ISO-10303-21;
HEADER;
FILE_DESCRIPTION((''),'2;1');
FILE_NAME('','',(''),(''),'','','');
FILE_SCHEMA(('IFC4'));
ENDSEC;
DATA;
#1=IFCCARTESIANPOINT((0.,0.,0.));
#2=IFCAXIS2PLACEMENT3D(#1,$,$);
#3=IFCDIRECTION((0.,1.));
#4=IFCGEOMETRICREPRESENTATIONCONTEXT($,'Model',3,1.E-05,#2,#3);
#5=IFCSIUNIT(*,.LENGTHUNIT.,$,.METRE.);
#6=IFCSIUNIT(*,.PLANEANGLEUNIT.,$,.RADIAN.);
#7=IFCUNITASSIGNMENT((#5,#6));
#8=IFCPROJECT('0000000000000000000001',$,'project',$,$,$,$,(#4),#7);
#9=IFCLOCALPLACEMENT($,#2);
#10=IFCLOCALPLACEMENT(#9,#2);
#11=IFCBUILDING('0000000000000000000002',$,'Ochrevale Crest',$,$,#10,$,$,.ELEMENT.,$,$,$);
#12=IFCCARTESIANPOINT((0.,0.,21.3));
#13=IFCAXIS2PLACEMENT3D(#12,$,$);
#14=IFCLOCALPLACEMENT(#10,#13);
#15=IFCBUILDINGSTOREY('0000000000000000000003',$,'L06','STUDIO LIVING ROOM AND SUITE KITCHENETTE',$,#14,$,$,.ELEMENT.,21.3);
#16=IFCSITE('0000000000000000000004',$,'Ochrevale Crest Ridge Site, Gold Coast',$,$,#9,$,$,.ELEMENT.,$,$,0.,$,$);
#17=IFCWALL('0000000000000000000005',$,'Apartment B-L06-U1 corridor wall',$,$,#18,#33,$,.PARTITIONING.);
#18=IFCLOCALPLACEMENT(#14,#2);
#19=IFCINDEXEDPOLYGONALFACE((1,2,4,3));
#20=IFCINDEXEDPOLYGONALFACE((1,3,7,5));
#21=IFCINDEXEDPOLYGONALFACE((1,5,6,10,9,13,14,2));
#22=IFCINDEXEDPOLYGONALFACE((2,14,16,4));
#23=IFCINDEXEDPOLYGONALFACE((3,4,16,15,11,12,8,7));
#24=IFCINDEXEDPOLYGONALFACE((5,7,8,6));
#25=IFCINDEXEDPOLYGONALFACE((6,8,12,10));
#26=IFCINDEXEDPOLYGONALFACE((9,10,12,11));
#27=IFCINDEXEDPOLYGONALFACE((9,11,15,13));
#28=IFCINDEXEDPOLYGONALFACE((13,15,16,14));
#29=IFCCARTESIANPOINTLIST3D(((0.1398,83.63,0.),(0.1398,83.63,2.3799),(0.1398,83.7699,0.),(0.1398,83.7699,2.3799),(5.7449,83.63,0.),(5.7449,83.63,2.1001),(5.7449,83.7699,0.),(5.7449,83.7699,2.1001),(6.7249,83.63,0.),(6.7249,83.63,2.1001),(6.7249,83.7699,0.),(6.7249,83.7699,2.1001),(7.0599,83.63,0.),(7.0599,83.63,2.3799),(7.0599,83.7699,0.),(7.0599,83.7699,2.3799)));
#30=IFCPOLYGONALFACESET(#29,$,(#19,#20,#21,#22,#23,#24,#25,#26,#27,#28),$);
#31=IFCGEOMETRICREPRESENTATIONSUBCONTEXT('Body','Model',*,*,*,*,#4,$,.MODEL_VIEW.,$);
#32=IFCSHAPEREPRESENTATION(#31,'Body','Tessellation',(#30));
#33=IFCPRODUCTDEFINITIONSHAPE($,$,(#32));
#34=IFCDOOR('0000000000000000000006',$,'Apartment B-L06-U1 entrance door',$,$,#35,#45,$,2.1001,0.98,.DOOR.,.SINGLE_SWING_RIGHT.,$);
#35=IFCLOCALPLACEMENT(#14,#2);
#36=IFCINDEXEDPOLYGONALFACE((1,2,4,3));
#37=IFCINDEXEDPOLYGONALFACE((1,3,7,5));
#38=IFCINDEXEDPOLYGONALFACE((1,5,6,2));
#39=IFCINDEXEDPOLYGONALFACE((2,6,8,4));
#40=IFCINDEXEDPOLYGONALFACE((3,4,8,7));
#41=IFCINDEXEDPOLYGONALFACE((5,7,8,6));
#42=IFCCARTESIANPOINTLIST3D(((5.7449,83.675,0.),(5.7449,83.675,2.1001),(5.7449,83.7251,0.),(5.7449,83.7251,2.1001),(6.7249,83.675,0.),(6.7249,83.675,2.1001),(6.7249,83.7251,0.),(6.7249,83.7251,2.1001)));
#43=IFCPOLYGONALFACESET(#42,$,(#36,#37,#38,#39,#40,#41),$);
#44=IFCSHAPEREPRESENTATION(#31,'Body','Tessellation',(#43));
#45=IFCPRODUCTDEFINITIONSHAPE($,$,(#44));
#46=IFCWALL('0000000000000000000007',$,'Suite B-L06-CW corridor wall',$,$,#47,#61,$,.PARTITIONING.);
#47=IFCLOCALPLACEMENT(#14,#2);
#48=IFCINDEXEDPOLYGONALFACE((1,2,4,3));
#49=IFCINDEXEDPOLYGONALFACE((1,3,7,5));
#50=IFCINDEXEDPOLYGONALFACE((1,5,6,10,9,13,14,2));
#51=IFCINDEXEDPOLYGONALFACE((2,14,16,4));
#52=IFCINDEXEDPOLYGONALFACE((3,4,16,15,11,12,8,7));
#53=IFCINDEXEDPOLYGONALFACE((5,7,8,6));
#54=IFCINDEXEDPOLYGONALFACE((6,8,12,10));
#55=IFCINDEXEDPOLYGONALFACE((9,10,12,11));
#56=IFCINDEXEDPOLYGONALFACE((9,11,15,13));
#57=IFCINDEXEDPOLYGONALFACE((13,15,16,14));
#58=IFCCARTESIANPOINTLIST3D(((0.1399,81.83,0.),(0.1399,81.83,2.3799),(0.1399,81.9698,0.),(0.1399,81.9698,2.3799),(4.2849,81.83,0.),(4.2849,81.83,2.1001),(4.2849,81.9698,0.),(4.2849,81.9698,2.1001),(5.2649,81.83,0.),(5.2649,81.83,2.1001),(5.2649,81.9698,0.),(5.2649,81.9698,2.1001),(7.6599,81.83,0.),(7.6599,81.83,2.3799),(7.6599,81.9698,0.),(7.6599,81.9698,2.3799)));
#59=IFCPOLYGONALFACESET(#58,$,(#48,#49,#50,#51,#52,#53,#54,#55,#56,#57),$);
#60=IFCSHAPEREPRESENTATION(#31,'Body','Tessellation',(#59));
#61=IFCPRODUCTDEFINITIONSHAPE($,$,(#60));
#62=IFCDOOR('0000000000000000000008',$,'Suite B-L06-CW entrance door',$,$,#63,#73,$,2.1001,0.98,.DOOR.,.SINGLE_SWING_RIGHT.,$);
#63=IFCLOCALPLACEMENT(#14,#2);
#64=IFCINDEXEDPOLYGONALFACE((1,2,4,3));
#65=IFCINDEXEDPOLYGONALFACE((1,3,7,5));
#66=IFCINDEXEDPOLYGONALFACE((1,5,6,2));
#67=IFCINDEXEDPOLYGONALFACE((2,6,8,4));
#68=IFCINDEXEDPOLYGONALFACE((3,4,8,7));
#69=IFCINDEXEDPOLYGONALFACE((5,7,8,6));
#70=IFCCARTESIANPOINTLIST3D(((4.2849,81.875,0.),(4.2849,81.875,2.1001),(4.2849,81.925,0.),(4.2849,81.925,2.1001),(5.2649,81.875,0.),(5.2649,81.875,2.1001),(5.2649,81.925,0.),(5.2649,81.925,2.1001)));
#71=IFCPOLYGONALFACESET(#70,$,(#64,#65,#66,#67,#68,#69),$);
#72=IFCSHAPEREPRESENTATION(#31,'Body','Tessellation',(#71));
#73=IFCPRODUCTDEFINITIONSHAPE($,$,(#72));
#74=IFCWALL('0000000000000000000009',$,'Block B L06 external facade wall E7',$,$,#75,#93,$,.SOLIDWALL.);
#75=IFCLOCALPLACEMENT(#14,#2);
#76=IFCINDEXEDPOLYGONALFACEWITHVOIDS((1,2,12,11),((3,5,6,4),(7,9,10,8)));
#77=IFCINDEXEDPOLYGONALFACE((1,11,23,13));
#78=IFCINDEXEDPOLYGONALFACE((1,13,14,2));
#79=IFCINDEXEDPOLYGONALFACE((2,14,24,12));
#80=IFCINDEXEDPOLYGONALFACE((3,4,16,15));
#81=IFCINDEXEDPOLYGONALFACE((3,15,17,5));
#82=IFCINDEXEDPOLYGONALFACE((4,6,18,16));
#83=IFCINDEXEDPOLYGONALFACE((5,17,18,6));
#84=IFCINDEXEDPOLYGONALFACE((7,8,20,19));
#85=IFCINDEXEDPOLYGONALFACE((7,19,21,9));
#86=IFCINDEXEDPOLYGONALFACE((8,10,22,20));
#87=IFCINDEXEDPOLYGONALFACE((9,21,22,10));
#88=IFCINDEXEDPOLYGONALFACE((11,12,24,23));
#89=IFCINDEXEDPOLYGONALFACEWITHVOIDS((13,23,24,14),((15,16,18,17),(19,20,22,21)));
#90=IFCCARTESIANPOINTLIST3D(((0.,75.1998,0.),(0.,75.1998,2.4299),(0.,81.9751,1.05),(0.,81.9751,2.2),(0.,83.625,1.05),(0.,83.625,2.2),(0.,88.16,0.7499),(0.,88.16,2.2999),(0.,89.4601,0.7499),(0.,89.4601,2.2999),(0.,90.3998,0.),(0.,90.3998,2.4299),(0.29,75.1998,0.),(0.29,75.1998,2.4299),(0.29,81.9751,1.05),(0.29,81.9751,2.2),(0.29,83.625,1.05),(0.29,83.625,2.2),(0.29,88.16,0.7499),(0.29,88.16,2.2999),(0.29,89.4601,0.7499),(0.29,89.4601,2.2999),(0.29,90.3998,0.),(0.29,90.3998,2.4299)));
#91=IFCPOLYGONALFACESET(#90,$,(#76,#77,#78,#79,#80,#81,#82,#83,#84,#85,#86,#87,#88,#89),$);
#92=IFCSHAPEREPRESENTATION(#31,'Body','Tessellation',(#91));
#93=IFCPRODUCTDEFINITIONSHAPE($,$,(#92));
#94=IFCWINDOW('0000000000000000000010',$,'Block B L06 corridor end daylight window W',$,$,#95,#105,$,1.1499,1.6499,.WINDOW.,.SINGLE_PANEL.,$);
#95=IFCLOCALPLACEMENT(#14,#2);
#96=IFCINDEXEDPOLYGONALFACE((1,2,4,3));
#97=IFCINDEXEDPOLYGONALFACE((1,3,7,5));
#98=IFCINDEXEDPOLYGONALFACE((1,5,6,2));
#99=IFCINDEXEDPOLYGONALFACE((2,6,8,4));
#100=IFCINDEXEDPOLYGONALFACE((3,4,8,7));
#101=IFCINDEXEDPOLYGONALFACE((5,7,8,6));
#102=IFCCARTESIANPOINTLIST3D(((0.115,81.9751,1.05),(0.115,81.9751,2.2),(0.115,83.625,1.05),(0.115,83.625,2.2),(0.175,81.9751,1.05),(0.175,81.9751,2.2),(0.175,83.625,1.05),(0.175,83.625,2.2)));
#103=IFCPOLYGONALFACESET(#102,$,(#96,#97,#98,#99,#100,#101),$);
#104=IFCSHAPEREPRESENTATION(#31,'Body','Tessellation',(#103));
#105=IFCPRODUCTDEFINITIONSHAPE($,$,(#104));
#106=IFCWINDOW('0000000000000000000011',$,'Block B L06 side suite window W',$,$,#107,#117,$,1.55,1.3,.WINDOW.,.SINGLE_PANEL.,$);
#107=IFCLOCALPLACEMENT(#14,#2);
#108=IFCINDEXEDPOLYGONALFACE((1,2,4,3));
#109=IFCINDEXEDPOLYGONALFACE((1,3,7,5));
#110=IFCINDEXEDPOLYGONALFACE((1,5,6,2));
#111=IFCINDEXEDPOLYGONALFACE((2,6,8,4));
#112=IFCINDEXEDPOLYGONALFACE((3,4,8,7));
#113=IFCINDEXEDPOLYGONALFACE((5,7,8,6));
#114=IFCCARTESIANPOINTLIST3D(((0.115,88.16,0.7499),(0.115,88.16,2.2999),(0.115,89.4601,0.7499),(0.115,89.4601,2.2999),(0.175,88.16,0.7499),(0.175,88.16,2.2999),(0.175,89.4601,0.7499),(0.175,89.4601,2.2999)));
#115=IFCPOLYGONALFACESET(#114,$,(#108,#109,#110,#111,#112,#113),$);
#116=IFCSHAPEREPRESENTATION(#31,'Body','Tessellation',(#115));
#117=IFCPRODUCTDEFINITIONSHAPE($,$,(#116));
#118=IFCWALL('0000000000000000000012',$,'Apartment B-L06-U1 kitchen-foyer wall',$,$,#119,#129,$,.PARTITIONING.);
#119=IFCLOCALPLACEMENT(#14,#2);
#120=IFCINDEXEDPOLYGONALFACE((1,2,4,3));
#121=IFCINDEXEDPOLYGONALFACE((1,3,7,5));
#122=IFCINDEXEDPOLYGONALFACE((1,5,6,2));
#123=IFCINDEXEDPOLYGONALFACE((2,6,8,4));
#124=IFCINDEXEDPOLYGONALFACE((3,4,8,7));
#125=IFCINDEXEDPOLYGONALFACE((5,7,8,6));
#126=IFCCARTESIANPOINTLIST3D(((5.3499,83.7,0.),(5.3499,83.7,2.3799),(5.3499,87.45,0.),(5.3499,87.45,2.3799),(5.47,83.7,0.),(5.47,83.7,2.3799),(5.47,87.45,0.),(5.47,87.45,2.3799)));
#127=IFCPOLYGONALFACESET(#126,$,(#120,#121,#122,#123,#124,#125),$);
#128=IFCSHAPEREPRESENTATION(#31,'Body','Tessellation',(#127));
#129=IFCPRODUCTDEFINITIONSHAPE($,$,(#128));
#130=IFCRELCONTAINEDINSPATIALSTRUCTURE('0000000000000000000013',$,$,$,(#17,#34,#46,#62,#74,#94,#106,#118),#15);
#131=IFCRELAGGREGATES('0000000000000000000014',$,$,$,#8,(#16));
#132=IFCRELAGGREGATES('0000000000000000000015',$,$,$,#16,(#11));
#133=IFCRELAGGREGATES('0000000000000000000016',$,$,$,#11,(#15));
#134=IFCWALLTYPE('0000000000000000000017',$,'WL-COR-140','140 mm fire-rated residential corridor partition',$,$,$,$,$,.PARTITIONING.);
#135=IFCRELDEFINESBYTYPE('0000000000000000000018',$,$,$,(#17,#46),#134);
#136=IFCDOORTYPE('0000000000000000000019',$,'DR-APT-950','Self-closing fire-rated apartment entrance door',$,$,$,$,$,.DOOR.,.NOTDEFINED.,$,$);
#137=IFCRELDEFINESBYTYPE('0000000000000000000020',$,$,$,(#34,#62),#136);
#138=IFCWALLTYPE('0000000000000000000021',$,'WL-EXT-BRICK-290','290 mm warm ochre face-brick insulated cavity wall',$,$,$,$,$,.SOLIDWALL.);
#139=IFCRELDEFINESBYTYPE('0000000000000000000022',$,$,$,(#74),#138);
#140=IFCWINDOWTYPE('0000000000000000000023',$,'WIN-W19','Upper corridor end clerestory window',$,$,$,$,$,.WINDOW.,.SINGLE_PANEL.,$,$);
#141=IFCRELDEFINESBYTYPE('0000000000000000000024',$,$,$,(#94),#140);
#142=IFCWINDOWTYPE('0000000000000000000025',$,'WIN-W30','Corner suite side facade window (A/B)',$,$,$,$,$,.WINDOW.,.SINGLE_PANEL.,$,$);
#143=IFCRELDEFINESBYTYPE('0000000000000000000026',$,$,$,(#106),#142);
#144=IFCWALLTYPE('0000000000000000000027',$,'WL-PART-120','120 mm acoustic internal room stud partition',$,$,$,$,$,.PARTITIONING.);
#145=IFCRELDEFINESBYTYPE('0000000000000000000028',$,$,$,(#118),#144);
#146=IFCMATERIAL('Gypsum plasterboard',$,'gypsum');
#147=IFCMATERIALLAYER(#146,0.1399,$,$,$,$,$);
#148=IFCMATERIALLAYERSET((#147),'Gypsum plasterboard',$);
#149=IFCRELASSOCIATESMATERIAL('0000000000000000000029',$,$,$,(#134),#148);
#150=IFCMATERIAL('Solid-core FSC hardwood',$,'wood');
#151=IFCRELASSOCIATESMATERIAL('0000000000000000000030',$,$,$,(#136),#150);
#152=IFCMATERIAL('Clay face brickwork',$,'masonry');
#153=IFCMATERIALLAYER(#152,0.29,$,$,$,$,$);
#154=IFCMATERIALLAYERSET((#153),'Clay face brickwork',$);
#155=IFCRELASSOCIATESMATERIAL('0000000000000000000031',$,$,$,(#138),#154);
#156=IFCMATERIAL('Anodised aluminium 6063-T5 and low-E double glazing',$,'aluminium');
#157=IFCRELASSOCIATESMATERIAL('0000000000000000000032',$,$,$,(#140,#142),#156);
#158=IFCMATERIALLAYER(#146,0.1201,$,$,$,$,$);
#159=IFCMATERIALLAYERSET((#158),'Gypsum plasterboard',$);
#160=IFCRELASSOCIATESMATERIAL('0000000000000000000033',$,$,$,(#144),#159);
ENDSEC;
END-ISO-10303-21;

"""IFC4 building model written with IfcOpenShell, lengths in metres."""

from ifc_helpers import new_model, si_unit, direction, frame, frame_2d, origin, place, context, subcontext, project, spatial, rectangle, extrude, material, layer, layer_set, type_object, element, fill, save


model = new_model("IFC4")

# Units and contexts
model_context = context("Model", 3, precision=1e-05, world=origin(), true_north=direction((0.0, 1.0)))
body_context = subcontext(model_context, "Body", "Model", "MODEL_VIEW")
ifc_project = project(units=[si_unit("LENGTHUNIT", "METRE"), si_unit("PLANEANGLEUNIT", "RADIAN")], contexts=[model_context])

# Site, building, storey
site_placement = place(None, origin())
site = spatial("IfcSite", under=ifc_project, at=site_placement, Name="Ochrevale Crest Ridge Site, Gold Coast", CompositionType="ELEMENT", RefElevation=0.0)
building_placement = place(site_placement, origin())
building = spatial("IfcBuilding", under=site, at=building_placement, Name="Ochrevale Crest", CompositionType="ELEMENT")
storey_placement = place(building_placement, frame((0.0, 0.0, 21.3)))
storey = spatial("IfcBuildingStorey", under=building, at=storey_placement, Name="L06", Description="STUDIO LIVING ROOM AND SUITE KITCHENETTE", CompositionType="ELEMENT", Elevation=21.3)

# Walls, openings, doors
ifc_material_1 = material(Name="Gypsum plasterboard", Category="gypsum")
ifc_layer_1 = layer(ifc_material_1, 0.1399)
ifc_layer_set_1 = layer_set([ifc_layer_1], Name="Gypsum plasterboard")
wall_type_1 = type_object("IfcWallType", Name="WL-COR-140", Description="140 mm fire-rated residential corridor partition", PredefinedType="PARTITIONING", material=ifc_layer_set_1)
wall_1_placement = place(storey_placement, frame((0.1399, 83.7, 0.0), z_axis=(0.0, 0.0, 1.0), x_axis=(1.0, 0.0, 0.0)))
wall_1 = element("IfcWall", 1, at=wall_1_placement, inside=storey, type_object=wall_type_1, Name="Apartment B-L06-U1 corridor wall", PredefinedType="PARTITIONING", context=body_context, shape_type="SweptSolid", body=[
    extrude(rectangle(XDim=6.9202, YDim=0.1399, at=frame_2d((3.46, 0.0))), origin(), (0.0, 0.0, 1.0), 2.3799),
])
opening_1_placement = place(wall_1_placement, frame((6.585, 0.0, 0.0), z_axis=(0.0, 0.0, 1.0), x_axis=(-1.0, 0.0, 0.0)))
opening_1 = element("IfcOpeningElement", 2, at=opening_1_placement, cuts=wall_1, PredefinedType="OPENING", context=body_context, shape_type="SweptSolid", body=[
    extrude(rectangle(XDim=0.98, YDim=2.1001, at=frame_2d((0.49, 1.05))), frame((0.0, 0.0801, 0.0), z_axis=(0.0, -1.0, 0.0), x_axis=(1.0, 0.0, 0.0)), (0.0, 0.0, 1.0), 0.1599),
])
ifc_material_2 = material(Name="Solid-core FSC hardwood", Category="wood")
door_type_1 = type_object("IfcDoorType", Name="DR-APT-950", Description="Self-closing fire-rated apartment entrance door", OperationType="NOTDEFINED", PredefinedType="DOOR", material=ifc_material_2)
door_1_placement = place(opening_1_placement, origin())
door_1 = element("IfcDoor", 3, at=door_1_placement, inside=storey, type_object=door_type_1, Name="Apartment B-L06-U1 entrance door", OperationType="SINGLE_SWING_RIGHT", OverallHeight=2.1001, OverallWidth=0.98, PredefinedType="DOOR", context=body_context, shape_type="SweptSolid", body=[
    extrude(rectangle(XDim=0.98, YDim=2.1001, at=frame_2d((0.49, 1.05))), frame((0.0, 0.0249, 0.0), z_axis=(0.0, -1.0, 0.0), x_axis=(1.0, 0.0, 0.0)), (0.0, 0.0, 1.0), 0.05),
])
fill(opening_1, door_1)
wall_2_placement = place(storey_placement, frame((0.1399, 81.8999, 0.0), z_axis=(0.0, 0.0, 1.0), x_axis=(1.0, 0.0, 0.0)))
wall_2 = element("IfcWall", 4, at=wall_2_placement, inside=storey, type_object=wall_type_1, Name="Suite B-L06-CW corridor wall", PredefinedType="PARTITIONING", context=body_context, shape_type="SweptSolid", body=[
    extrude(rectangle(XDim=7.52, YDim=0.1399, at=frame_2d((3.76, 0.0))), origin(), (0.0, 0.0, 1.0), 2.3799),
])
opening_2_placement = place(wall_2_placement, frame((5.125, 0.0, 0.0), z_axis=(0.0, 0.0, 1.0), x_axis=(-1.0, 0.0, 0.0)))
opening_2 = element("IfcOpeningElement", 5, at=opening_2_placement, cuts=wall_2, PredefinedType="OPENING", context=body_context, shape_type="SweptSolid", body=[
    extrude(rectangle(XDim=0.98, YDim=2.1001, at=frame_2d((0.49, 1.05))), frame((0.0, 0.0801, 0.0), z_axis=(0.0, -1.0, 0.0), x_axis=(1.0, 0.0, 0.0)), (0.0, 0.0, 1.0), 0.1599),
])
door_2_placement = place(opening_2_placement, origin())
door_2 = element("IfcDoor", 6, at=door_2_placement, inside=storey, type_object=door_type_1, Name="Suite B-L06-CW entrance door", OperationType="SINGLE_SWING_RIGHT", OverallHeight=2.1001, OverallWidth=0.98, PredefinedType="DOOR", context=body_context, shape_type="SweptSolid", body=[
    extrude(rectangle(XDim=0.98, YDim=2.1001, at=frame_2d((0.49, 1.05))), frame((0.0, 0.0249, 0.0), z_axis=(0.0, -1.0, 0.0), x_axis=(1.0, 0.0, 0.0)), (0.0, 0.0, 1.0), 0.05),
])
fill(opening_2, door_2)

# Wall, openings, windows
ifc_material_3 = material(Name="Clay face brickwork", Category="masonry")
ifc_layer_2 = layer(ifc_material_3, 0.29)
ifc_layer_set_2 = layer_set([ifc_layer_2], Name="Clay face brickwork")
wall_type_2 = type_object("IfcWallType", Name="WL-EXT-BRICK-290", Description="290 mm warm ochre face-brick insulated cavity wall", PredefinedType="SOLIDWALL", material=ifc_layer_set_2)
wall_3_placement = place(storey_placement, frame((0.145, 90.3999, 0.0), z_axis=(0.0, 0.0, 1.0), x_axis=(0.0, -1.0, 0.0)))
wall_3 = element("IfcWall", 7, at=wall_3_placement, inside=storey, type_object=wall_type_2, Name="Block B L06 external facade wall E7", PredefinedType="SOLIDWALL", context=body_context, shape_type="SweptSolid", body=[
    extrude(rectangle(XDim=15.2, YDim=0.29, at=frame_2d((7.6001, 0.0))), origin(), (0.0, 0.0, 1.0), 2.4299),
])
opening_3_placement = place(wall_3_placement, frame((6.7749, 0.0, 1.05)))
opening_3 = element("IfcOpeningElement", 8, at=opening_3_placement, cuts=wall_3, PredefinedType="OPENING", context=body_context, shape_type="SweptSolid", body=[
    extrude(rectangle(XDim=1.6499, YDim=1.1499, at=frame_2d((0.825, 0.575))), frame((0.0, 0.155, 0.0), z_axis=(0.0, -1.0, 0.0), x_axis=(1.0, 0.0, 0.0)), (0.0, 0.0, 1.0), 0.3101),
])
opening_4_placement = place(wall_3_placement, frame((0.9399, 0.0, 0.75)))
opening_4 = element("IfcOpeningElement", 9, at=opening_4_placement, cuts=wall_3, PredefinedType="OPENING", context=body_context, shape_type="SweptSolid", body=[
    extrude(rectangle(XDim=1.3, YDim=1.55, at=frame_2d((0.6499, 0.7749))), frame((0.0, 0.155, 0.0), z_axis=(0.0, -1.0, 0.0), x_axis=(1.0, 0.0, 0.0)), (0.0, 0.0, 1.0), 0.3101),
])
ifc_material_4 = material(Name="Anodised aluminium 6063-T5 and low-E double glazing", Category="aluminium")
window_type_1 = type_object("IfcWindowType", Name="WIN-W19", Description="Upper corridor end clerestory window", PartitioningType="SINGLE_PANEL", PredefinedType="WINDOW", material=ifc_material_4)
window_1_placement = place(opening_3_placement, origin())
window_1 = element("IfcWindow", 10, at=window_1_placement, inside=storey, type_object=window_type_1, Name="Block B L06 corridor end daylight window W", OverallHeight=1.1499, OverallWidth=1.6499, PartitioningType="SINGLE_PANEL", PredefinedType="WINDOW", context=body_context, shape_type="SweptSolid", body=[
    extrude(rectangle(XDim=1.6499, YDim=1.1499, at=frame_2d((0.825, 0.575))), frame((0.0, 0.03, 0.0), z_axis=(0.0, -1.0, 0.0), x_axis=(1.0, 0.0, 0.0)), (0.0, 0.0, 1.0), 0.0601),
])
fill(opening_3, window_1)
window_type_2 = type_object("IfcWindowType", Name="WIN-W30", Description="Corner suite side facade window (A/B)", PartitioningType="SINGLE_PANEL", PredefinedType="WINDOW", material=ifc_material_4)
window_2_placement = place(opening_4_placement, origin())
window_2 = element("IfcWindow", 11, at=window_2_placement, inside=storey, type_object=window_type_2, Name="Block B L06 side suite window W", OverallHeight=1.55, OverallWidth=1.3, PartitioningType="SINGLE_PANEL", PredefinedType="WINDOW", context=body_context, shape_type="SweptSolid", body=[
    extrude(rectangle(XDim=1.3, YDim=1.55, at=frame_2d((0.6499, 0.7749))), frame((0.0, 0.03, 0.0), z_axis=(0.0, -1.0, 0.0), x_axis=(1.0, 0.0, 0.0)), (0.0, 0.0, 1.0), 0.0601),
])
fill(opening_4, window_2)

# Wall
ifc_layer_3 = layer(ifc_material_1, 0.1201)
ifc_layer_set_3 = layer_set([ifc_layer_3], Name="Gypsum plasterboard")
wall_type_3 = type_object("IfcWallType", Name="WL-PART-120", Description="120 mm acoustic internal room stud partition", PredefinedType="PARTITIONING", material=ifc_layer_set_3)
wall_4_placement = place(storey_placement, frame((5.4099, 83.7, 0.0), z_axis=(0.0, 0.0, 1.0), x_axis=(0.0, 1.0, 0.0)))
element("IfcWall", 12, at=wall_4_placement, inside=storey, type_object=wall_type_3, Name="Apartment B-L06-U1 kitchen-foyer wall", PredefinedType="PARTITIONING", context=body_context, shape_type="SweptSolid", body=[
    extrude(rectangle(XDim=3.75, YDim=0.1201, at=frame_2d((1.875, 0.0))), origin(), (0.0, 0.0, 1.0), 2.3799),
])

save(model, "model.ifc")
